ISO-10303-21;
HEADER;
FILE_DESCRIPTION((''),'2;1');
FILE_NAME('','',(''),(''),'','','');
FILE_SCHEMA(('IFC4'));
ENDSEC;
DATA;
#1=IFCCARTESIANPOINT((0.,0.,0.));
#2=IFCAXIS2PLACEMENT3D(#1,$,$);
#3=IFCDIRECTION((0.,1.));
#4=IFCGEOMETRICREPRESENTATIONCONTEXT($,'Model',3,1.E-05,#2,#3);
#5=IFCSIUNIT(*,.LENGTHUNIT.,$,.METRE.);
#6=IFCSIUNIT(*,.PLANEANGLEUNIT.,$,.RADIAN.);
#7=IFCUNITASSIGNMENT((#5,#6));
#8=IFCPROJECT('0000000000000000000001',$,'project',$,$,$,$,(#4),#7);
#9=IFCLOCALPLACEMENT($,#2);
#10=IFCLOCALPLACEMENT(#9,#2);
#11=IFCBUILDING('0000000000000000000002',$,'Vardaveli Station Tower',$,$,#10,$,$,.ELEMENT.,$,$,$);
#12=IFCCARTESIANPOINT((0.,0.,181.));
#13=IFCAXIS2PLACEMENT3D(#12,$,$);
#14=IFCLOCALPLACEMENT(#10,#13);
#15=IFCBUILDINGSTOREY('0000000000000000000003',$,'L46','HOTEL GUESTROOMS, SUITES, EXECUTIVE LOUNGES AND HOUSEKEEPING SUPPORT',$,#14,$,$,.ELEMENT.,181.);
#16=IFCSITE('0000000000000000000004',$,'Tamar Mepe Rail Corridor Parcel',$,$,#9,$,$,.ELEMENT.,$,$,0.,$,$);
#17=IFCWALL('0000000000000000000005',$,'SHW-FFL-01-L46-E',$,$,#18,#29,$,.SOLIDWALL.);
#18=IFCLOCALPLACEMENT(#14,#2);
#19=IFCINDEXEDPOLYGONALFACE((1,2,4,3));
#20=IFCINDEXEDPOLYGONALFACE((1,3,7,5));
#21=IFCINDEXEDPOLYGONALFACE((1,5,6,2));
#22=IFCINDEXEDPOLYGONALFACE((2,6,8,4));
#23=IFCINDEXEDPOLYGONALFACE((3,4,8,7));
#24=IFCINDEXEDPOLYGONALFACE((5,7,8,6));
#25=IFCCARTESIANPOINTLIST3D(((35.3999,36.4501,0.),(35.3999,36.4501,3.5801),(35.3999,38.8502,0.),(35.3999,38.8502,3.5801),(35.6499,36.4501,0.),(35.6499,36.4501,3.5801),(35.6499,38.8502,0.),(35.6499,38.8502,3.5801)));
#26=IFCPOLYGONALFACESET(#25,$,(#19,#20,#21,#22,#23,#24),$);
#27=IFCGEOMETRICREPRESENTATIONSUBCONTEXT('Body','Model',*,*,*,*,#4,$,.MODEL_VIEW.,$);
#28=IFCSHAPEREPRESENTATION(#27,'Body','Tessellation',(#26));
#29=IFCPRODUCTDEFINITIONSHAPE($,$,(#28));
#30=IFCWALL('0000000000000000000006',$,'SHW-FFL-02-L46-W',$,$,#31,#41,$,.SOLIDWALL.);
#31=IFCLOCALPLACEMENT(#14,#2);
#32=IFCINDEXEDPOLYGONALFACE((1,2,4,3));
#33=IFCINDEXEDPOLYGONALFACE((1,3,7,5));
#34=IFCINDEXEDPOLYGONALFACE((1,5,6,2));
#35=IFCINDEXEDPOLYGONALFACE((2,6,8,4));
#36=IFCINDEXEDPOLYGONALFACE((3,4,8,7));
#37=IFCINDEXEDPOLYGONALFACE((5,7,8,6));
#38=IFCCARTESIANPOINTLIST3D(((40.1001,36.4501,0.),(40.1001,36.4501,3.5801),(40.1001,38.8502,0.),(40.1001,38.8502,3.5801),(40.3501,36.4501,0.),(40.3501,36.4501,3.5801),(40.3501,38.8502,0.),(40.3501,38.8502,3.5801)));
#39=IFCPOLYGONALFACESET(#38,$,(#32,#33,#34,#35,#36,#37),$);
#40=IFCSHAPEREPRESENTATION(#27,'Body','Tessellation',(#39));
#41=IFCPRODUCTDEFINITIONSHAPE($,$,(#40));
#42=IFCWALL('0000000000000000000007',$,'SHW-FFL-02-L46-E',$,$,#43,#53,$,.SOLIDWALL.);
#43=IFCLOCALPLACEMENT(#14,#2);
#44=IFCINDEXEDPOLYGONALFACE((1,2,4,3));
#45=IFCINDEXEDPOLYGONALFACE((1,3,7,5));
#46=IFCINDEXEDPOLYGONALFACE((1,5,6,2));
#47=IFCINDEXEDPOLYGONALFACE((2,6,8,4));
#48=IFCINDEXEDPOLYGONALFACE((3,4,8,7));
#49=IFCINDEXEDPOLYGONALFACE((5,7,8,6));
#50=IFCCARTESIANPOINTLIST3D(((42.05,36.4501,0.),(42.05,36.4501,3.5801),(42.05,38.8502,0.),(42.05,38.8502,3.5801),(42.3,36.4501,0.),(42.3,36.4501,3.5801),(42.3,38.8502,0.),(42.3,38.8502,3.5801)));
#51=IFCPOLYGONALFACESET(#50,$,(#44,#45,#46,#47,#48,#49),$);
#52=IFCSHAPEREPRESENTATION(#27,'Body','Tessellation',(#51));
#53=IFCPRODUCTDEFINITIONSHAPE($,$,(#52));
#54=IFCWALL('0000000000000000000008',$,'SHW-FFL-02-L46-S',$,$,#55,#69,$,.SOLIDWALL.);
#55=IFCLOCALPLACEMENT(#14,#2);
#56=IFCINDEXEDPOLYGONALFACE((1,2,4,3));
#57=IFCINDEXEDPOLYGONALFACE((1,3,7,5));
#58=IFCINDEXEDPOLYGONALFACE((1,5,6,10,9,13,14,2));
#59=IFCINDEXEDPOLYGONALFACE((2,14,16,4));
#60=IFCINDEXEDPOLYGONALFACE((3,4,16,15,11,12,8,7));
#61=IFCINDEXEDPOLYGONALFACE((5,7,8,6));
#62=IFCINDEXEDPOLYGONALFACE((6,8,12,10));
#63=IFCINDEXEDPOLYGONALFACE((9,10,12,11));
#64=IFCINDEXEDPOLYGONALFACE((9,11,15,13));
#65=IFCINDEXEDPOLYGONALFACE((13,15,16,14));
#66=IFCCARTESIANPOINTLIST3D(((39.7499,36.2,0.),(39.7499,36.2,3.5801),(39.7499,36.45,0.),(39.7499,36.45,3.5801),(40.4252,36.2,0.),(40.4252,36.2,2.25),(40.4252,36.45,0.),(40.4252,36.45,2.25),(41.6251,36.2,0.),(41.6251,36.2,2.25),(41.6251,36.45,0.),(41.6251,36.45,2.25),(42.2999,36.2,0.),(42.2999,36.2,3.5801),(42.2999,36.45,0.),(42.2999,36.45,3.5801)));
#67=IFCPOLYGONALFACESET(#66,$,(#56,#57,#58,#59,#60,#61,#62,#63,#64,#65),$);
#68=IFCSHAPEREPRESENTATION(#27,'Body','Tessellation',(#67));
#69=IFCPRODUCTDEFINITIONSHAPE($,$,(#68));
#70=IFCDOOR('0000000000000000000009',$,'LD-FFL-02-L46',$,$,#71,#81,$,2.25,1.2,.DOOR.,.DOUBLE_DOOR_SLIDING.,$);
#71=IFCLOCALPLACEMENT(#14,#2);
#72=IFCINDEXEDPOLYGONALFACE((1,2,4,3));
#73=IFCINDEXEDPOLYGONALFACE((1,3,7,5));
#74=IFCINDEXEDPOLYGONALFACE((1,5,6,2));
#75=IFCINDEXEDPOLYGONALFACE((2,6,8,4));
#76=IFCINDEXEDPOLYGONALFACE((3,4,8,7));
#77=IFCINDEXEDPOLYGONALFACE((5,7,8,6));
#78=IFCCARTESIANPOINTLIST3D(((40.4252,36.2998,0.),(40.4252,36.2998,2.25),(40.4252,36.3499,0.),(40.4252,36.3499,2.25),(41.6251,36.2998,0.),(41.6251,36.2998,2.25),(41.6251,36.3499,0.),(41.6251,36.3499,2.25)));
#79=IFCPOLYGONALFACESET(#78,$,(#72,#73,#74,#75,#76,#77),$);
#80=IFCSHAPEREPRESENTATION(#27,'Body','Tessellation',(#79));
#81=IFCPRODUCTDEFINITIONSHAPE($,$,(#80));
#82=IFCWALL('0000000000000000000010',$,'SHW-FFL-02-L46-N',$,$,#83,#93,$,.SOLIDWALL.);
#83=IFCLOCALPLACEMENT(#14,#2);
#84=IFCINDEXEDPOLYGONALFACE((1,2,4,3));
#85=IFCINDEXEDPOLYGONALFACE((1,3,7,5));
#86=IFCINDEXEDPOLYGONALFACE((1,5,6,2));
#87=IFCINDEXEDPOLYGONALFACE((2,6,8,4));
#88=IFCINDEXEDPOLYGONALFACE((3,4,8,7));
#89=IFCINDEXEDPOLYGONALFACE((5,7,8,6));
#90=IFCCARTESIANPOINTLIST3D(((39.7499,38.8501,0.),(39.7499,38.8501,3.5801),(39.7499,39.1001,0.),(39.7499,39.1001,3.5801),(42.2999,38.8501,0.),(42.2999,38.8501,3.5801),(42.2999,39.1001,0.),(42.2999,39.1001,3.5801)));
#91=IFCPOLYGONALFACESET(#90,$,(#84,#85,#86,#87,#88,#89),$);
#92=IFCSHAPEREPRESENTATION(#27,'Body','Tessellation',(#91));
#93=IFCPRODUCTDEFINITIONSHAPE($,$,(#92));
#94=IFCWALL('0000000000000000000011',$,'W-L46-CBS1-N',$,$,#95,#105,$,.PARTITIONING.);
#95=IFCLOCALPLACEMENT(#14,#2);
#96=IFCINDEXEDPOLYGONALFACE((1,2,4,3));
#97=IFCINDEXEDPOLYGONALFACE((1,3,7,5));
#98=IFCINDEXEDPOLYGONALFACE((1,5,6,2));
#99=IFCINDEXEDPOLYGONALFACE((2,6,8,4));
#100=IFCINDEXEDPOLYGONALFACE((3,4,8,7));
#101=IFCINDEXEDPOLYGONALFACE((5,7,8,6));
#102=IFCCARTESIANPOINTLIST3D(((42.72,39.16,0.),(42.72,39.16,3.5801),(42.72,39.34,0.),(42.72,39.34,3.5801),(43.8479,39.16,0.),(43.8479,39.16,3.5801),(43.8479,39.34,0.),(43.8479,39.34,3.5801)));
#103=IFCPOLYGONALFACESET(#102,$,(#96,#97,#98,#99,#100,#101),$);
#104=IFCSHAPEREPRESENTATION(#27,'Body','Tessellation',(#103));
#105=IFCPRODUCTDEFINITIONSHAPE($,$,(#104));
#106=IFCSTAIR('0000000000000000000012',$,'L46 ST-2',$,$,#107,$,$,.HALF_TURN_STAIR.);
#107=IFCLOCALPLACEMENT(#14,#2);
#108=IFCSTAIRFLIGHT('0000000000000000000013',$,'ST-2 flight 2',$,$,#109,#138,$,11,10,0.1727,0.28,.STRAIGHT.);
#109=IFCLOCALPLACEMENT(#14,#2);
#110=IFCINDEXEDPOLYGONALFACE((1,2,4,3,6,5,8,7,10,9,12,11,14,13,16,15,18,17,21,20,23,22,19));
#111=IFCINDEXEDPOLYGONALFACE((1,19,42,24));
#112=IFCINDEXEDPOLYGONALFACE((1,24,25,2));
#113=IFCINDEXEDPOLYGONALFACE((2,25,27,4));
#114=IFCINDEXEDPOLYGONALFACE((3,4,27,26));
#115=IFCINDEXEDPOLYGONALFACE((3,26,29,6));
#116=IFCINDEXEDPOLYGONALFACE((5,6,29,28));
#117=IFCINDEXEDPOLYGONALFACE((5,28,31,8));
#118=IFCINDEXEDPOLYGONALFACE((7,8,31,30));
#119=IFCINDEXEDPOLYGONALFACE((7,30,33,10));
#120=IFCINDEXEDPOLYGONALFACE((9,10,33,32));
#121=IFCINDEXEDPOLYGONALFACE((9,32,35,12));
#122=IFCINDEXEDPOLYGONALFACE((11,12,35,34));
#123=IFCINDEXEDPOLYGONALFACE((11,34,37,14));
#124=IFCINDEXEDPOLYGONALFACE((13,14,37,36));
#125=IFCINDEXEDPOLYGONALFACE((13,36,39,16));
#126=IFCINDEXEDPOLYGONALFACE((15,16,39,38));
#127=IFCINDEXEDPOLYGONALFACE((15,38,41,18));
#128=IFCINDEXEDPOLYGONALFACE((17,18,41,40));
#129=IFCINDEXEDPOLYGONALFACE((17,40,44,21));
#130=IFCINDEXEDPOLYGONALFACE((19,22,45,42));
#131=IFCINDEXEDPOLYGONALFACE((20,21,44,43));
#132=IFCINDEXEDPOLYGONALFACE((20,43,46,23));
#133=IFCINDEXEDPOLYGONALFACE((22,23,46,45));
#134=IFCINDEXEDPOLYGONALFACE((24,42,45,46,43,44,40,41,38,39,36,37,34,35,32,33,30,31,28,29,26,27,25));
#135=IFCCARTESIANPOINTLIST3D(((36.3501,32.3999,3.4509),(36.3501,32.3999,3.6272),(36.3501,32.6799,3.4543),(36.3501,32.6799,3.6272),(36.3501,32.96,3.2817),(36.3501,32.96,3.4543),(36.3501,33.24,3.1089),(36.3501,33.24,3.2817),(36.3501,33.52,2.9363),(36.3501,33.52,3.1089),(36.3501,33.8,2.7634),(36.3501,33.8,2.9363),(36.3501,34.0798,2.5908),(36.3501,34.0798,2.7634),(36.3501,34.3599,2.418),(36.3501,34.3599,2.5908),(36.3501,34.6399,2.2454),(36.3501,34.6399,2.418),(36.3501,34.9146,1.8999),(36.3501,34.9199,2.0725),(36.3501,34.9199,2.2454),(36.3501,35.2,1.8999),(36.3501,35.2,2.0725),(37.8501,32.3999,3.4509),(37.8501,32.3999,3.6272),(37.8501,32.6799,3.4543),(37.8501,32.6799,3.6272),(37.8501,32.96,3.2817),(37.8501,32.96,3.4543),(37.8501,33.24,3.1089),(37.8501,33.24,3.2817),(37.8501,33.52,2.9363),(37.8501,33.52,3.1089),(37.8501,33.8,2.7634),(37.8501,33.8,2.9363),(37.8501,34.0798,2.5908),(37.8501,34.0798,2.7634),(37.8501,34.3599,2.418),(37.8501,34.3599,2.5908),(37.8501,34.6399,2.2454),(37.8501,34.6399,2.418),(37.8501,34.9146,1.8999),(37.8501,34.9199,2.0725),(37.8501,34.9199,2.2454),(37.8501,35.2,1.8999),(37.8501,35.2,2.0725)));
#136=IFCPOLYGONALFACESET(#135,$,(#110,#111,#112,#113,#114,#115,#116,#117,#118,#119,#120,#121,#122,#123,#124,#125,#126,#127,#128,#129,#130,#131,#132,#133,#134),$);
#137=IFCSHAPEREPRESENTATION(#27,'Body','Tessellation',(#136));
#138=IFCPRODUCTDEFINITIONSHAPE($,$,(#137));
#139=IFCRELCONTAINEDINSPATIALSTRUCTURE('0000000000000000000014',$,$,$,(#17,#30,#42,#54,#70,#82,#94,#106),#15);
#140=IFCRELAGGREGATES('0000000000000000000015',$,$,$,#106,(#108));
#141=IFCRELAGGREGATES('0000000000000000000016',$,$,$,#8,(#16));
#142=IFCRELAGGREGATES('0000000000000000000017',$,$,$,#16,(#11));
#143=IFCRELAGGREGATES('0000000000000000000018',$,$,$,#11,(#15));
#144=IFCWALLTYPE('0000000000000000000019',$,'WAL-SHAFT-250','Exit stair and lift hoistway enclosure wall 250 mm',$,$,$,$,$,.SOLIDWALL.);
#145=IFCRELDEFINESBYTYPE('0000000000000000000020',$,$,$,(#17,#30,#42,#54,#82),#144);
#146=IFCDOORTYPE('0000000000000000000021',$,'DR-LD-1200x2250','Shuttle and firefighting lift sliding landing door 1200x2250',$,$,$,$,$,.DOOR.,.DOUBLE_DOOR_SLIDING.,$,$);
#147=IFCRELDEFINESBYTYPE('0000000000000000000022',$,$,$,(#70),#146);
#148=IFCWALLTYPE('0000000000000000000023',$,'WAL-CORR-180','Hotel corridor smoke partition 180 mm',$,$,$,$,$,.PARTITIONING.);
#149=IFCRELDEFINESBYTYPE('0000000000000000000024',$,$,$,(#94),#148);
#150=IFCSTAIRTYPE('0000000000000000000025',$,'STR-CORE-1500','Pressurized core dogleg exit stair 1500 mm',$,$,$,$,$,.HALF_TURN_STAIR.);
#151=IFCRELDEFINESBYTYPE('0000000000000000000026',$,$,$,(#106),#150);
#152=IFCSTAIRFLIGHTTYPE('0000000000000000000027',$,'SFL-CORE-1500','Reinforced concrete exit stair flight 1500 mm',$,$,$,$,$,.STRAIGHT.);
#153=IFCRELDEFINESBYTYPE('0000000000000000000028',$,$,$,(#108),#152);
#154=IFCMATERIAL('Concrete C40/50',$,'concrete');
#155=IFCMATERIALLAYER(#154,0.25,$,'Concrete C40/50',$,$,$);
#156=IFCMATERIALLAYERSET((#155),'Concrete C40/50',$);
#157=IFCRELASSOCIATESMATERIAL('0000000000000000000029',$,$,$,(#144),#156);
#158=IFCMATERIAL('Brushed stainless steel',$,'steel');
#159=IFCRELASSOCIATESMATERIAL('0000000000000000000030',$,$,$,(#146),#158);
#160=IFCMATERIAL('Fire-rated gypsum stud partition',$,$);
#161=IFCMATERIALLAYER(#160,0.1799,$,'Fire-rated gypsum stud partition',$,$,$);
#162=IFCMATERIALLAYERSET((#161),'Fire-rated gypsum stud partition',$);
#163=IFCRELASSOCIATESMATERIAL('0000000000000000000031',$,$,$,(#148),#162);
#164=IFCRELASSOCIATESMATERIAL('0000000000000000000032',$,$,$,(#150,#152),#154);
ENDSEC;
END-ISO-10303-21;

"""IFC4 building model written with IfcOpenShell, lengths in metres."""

from ifc_helpers import new_model, si_unit, direction, frame, frame_2d, origin, place, context, subcontext, project, spatial, polyline, rectangle, outline, extrude, source, transform, mapped, material, layer, layer_set, type_object, element, fill, aggregate, save


model = new_model("IFC4")

# Units and contexts
model_context = context("Model", 3, precision=1e-05, world=origin(), true_north=direction((0.0, 1.0)))
body_context = subcontext(model_context, "Body", "Model", "MODEL_VIEW")
ifc_project = project(units=[si_unit("LENGTHUNIT", "METRE"), si_unit("PLANEANGLEUNIT", "RADIAN")], contexts=[model_context])

# Site, building, storey
site_placement = place(None, origin())
site = spatial("IfcSite", under=ifc_project, at=site_placement, Name="Tamar Mepe Rail Corridor Parcel", CompositionType="ELEMENT", RefElevation=0.0)
building_placement = place(site_placement, origin())
building = spatial("IfcBuilding", under=site, at=building_placement, Name="Vardaveli Station Tower", CompositionType="ELEMENT")
storey_placement = place(building_placement, frame((0.0, 0.0, 181.0)))
storey = spatial("IfcBuildingStorey", under=building, at=storey_placement, Name="L46", Description="HOTEL GUESTROOMS, SUITES, EXECUTIVE LOUNGES AND HOUSEKEEPING SUPPORT", CompositionType="ELEMENT", Elevation=181.0)

# Walls
ifc_material_1 = material(Name="Concrete C40/50", Category="concrete")
ifc_layer_1 = layer(ifc_material_1, 0.25, Name="Concrete C40/50")
ifc_layer_set_1 = layer_set([ifc_layer_1], Name="Concrete C40/50")
wall_type_1 = type_object("IfcWallType", Name="WAL-SHAFT-250", Description="Exit stair and lift hoistway enclosure wall 250 mm", PredefinedType="SOLIDWALL", material=ifc_layer_set_1)
shared_shape_1 = source(origin(), body_context, "Body", "SweptSolid", [
    extrude(rectangle(XDim=2.4001, YDim=0.25, at=frame_2d((1.2002, 0.0))), origin(), (0.0, 0.0, 1.0), 3.5801),
])
for number, where, z_axis, x_axis, name in (
    (1, (35.5249, 36.45, 0.0), (0.0, 0.0, 1.0), (0.0, 1.0, 0.0), "SHW-FFL-01-L46-E"),
    (2, (40.2251, 36.45, 0.0), (0.0, 0.0, 1.0), (0.0, 1.0, 0.0), "SHW-FFL-02-L46-W"),
    (3, (42.175, 36.45, 0.0), (0.0, 0.0, 1.0), (0.0, 1.0, 0.0), "SHW-FFL-02-L46-E"),
):
    element("IfcWall", number, at=place(storey_placement, frame(where, z_axis=z_axis, x_axis=x_axis)), inside=storey, type_object=wall_type_1, Name=name, PredefinedType="SOLIDWALL", context=body_context, shape_type="MappedRepresentation", body=[
        mapped(shared_shape_1, transform((0.0, 0.0, 0.0), scale=1.0)),
    ])

# Wall, opening, door
shared_shape_2 = source(origin(), body_context, "Body", "SweptSolid", [
    extrude(rectangle(XDim=2.55, YDim=0.25, at=frame_2d((1.2749, 0.0))), origin(), (0.0, 0.0, 1.0), 3.5801),
])
wall_1_placement = place(storey_placement, frame((39.75, 36.325, 0.0), z_axis=(0.0, 0.0, 1.0), x_axis=(1.0, 0.0, 0.0)))
wall_1 = element("IfcWall", 4, at=wall_1_placement, inside=storey, type_object=wall_type_1, Name="SHW-FFL-02-L46-S", PredefinedType="SOLIDWALL", context=body_context, shape_type="MappedRepresentation", body=[
    mapped(shared_shape_2, transform((0.0, 0.0, 0.0), scale=1.0)),
])
shared_shape_3 = source(origin(), body_context, "Body", "SweptSolid", [
    extrude(rectangle(XDim=1.2, YDim=2.25, at=frame_2d((0.6001, 1.125))), frame((0.0, 0.135, 0.0), z_axis=(0.0, -1.0, 0.0), x_axis=(1.0, 0.0, 0.0)), (0.0, 0.0, 1.0), 0.27),
])
opening_placement = place(wall_1_placement, frame((0.675, 0.0, 0.0)))
opening = element("IfcOpeningElement", 5, at=opening_placement, cuts=wall_1, PredefinedType="OPENING", context=body_context, shape_type="MappedRepresentation", body=[
    mapped(shared_shape_3, transform((0.0, 0.0, 0.0), scale=1.0)),
])
ifc_material_2 = material(Name="Brushed stainless steel", Category="steel")
door_type = type_object("IfcDoorType", Name="DR-LD-1200x2250", Description="Shuttle and firefighting lift sliding landing door 1200x2250", OperationType="DOUBLE_DOOR_SLIDING", PredefinedType="DOOR", material=ifc_material_2)
shared_shape_4 = source(origin(), body_context, "Body", "SweptSolid", [
    extrude(rectangle(XDim=1.2, YDim=2.25, at=frame_2d((0.6001, 1.125))), frame((0.0, 0.0249, 0.0), z_axis=(0.0, -1.0, 0.0), x_axis=(1.0, 0.0, 0.0)), (0.0, 0.0, 1.0), 0.05),
])
door_placement = place(opening_placement, origin())
door = element("IfcDoor", 6, at=door_placement, inside=storey, type_object=door_type, Name="LD-FFL-02-L46", OperationType="DOUBLE_DOOR_SLIDING", OverallHeight=2.25, OverallWidth=1.2, PredefinedType="DOOR", context=body_context, shape_type="MappedRepresentation", body=[
    mapped(shared_shape_4, transform((0.0, 0.0, 0.0), scale=1.0)),
])
fill(opening, door)

# Walls
wall_2_placement = place(storey_placement, frame((39.75, 38.9751, 0.0), z_axis=(0.0, 0.0, 1.0), x_axis=(1.0, 0.0, 0.0)))
element("IfcWall", 7, at=wall_2_placement, inside=storey, type_object=wall_type_1, Name="SHW-FFL-02-L46-N", PredefinedType="SOLIDWALL", context=body_context, shape_type="MappedRepresentation", body=[
    mapped(shared_shape_2, transform((0.0, 0.0, 0.0), scale=1.0)),
])
ifc_material_3 = material(Name="Fire-rated gypsum stud partition")
ifc_layer_2 = layer(ifc_material_3, 0.1799, Name="Fire-rated gypsum stud partition")
ifc_layer_set_2 = layer_set([ifc_layer_2], Name="Fire-rated gypsum stud partition")
wall_type_2 = type_object("IfcWallType", Name="WAL-CORR-180", Description="Hotel corridor smoke partition 180 mm", PredefinedType="PARTITIONING", material=ifc_layer_set_2)
shared_shape_5 = source(origin(), body_context, "Body", "SweptSolid", [
    extrude(rectangle(XDim=1.1279, YDim=0.1799, at=frame_2d((0.564, 0.0))), origin(), (0.0, 0.0, 1.0), 3.5801),
])
wall_3_placement = place(storey_placement, frame((42.72, 39.25, 0.0), z_axis=(0.0, 0.0, 1.0), x_axis=(1.0, 0.0, 0.0)))
element("IfcWall", 8, at=wall_3_placement, inside=storey, type_object=wall_type_2, Name="W-L46-CBS1-N", PredefinedType="PARTITIONING", context=body_context, shape_type="MappedRepresentation", body=[
    mapped(shared_shape_5, transform((0.0, 0.0, 0.0), scale=1.0)),
])

# Stair, stair flight
stair_type = type_object("IfcStairType", Name="STR-CORE-1500", Description="Pressurized core dogleg exit stair 1500 mm", PredefinedType="HALF_TURN_STAIR", material=ifc_material_1)
stair_placement = place(storey_placement, origin())
stair = element("IfcStair", 9, at=stair_placement, inside=storey, type_object=stair_type, Name="L46 ST-2", PredefinedType="HALF_TURN_STAIR")
stair_flight_type = type_object("IfcStairFlightType", Name="SFL-CORE-1500", Description="Reinforced concrete exit stair flight 1500 mm", PredefinedType="STRAIGHT", material=ifc_material_1)
shared_shape_6 = source(origin(), body_context, "Body", "SweptSolid", [
    extrude(outline(polyline([(0.0, 0.0), (0.0, 0.1726), (0.28, 0.1726), (0.28, 0.3455), (0.5601, 0.3455), (0.5601, 0.5181), (0.8401, 0.5181), (0.8401, 0.6909), (1.1201, 0.6909), (1.1201, 0.8635), (1.3999, 0.8635), (1.3999, 1.0364), (1.6799, 1.0364), (1.6799, 1.209), (1.96, 1.209), (1.96, 1.3818), (2.24, 1.3818), (2.24, 1.5544), (2.52, 1.5544), (2.52, 1.7273), (2.8, 1.7273), (2.8, 1.8999), (2.8, 1.551), (0.2854, 0.0), (0.0, 0.0)])), frame((0.0, 0.75, 0.0), z_axis=(0.0, -1.0, 0.0), x_axis=(1.0, 0.0, 0.0)), (0.0, 0.0, 1.0), 1.5),
])
stair_flight_placement = place(storey_placement, frame((37.1001, 35.2, 1.8999), z_axis=(0.0, 0.0, 1.0), x_axis=(0.0, -1.0, 0.0)))
stair_flight = element("IfcStairFlight", 10, at=stair_flight_placement, type_object=stair_flight_type, Name="ST-2 flight 2", NumberOfRisers=11, NumberOfTreads=10, PredefinedType="STRAIGHT", RiserHeight=0.1727, TreadLength=0.28, context=body_context, shape_type="MappedRepresentation", body=[
    mapped(shared_shape_6, transform((0.0, 0.0, 0.0), scale=1.0)),
])
aggregate(stair, [stair_flight])

save(model, "model.ifc")
